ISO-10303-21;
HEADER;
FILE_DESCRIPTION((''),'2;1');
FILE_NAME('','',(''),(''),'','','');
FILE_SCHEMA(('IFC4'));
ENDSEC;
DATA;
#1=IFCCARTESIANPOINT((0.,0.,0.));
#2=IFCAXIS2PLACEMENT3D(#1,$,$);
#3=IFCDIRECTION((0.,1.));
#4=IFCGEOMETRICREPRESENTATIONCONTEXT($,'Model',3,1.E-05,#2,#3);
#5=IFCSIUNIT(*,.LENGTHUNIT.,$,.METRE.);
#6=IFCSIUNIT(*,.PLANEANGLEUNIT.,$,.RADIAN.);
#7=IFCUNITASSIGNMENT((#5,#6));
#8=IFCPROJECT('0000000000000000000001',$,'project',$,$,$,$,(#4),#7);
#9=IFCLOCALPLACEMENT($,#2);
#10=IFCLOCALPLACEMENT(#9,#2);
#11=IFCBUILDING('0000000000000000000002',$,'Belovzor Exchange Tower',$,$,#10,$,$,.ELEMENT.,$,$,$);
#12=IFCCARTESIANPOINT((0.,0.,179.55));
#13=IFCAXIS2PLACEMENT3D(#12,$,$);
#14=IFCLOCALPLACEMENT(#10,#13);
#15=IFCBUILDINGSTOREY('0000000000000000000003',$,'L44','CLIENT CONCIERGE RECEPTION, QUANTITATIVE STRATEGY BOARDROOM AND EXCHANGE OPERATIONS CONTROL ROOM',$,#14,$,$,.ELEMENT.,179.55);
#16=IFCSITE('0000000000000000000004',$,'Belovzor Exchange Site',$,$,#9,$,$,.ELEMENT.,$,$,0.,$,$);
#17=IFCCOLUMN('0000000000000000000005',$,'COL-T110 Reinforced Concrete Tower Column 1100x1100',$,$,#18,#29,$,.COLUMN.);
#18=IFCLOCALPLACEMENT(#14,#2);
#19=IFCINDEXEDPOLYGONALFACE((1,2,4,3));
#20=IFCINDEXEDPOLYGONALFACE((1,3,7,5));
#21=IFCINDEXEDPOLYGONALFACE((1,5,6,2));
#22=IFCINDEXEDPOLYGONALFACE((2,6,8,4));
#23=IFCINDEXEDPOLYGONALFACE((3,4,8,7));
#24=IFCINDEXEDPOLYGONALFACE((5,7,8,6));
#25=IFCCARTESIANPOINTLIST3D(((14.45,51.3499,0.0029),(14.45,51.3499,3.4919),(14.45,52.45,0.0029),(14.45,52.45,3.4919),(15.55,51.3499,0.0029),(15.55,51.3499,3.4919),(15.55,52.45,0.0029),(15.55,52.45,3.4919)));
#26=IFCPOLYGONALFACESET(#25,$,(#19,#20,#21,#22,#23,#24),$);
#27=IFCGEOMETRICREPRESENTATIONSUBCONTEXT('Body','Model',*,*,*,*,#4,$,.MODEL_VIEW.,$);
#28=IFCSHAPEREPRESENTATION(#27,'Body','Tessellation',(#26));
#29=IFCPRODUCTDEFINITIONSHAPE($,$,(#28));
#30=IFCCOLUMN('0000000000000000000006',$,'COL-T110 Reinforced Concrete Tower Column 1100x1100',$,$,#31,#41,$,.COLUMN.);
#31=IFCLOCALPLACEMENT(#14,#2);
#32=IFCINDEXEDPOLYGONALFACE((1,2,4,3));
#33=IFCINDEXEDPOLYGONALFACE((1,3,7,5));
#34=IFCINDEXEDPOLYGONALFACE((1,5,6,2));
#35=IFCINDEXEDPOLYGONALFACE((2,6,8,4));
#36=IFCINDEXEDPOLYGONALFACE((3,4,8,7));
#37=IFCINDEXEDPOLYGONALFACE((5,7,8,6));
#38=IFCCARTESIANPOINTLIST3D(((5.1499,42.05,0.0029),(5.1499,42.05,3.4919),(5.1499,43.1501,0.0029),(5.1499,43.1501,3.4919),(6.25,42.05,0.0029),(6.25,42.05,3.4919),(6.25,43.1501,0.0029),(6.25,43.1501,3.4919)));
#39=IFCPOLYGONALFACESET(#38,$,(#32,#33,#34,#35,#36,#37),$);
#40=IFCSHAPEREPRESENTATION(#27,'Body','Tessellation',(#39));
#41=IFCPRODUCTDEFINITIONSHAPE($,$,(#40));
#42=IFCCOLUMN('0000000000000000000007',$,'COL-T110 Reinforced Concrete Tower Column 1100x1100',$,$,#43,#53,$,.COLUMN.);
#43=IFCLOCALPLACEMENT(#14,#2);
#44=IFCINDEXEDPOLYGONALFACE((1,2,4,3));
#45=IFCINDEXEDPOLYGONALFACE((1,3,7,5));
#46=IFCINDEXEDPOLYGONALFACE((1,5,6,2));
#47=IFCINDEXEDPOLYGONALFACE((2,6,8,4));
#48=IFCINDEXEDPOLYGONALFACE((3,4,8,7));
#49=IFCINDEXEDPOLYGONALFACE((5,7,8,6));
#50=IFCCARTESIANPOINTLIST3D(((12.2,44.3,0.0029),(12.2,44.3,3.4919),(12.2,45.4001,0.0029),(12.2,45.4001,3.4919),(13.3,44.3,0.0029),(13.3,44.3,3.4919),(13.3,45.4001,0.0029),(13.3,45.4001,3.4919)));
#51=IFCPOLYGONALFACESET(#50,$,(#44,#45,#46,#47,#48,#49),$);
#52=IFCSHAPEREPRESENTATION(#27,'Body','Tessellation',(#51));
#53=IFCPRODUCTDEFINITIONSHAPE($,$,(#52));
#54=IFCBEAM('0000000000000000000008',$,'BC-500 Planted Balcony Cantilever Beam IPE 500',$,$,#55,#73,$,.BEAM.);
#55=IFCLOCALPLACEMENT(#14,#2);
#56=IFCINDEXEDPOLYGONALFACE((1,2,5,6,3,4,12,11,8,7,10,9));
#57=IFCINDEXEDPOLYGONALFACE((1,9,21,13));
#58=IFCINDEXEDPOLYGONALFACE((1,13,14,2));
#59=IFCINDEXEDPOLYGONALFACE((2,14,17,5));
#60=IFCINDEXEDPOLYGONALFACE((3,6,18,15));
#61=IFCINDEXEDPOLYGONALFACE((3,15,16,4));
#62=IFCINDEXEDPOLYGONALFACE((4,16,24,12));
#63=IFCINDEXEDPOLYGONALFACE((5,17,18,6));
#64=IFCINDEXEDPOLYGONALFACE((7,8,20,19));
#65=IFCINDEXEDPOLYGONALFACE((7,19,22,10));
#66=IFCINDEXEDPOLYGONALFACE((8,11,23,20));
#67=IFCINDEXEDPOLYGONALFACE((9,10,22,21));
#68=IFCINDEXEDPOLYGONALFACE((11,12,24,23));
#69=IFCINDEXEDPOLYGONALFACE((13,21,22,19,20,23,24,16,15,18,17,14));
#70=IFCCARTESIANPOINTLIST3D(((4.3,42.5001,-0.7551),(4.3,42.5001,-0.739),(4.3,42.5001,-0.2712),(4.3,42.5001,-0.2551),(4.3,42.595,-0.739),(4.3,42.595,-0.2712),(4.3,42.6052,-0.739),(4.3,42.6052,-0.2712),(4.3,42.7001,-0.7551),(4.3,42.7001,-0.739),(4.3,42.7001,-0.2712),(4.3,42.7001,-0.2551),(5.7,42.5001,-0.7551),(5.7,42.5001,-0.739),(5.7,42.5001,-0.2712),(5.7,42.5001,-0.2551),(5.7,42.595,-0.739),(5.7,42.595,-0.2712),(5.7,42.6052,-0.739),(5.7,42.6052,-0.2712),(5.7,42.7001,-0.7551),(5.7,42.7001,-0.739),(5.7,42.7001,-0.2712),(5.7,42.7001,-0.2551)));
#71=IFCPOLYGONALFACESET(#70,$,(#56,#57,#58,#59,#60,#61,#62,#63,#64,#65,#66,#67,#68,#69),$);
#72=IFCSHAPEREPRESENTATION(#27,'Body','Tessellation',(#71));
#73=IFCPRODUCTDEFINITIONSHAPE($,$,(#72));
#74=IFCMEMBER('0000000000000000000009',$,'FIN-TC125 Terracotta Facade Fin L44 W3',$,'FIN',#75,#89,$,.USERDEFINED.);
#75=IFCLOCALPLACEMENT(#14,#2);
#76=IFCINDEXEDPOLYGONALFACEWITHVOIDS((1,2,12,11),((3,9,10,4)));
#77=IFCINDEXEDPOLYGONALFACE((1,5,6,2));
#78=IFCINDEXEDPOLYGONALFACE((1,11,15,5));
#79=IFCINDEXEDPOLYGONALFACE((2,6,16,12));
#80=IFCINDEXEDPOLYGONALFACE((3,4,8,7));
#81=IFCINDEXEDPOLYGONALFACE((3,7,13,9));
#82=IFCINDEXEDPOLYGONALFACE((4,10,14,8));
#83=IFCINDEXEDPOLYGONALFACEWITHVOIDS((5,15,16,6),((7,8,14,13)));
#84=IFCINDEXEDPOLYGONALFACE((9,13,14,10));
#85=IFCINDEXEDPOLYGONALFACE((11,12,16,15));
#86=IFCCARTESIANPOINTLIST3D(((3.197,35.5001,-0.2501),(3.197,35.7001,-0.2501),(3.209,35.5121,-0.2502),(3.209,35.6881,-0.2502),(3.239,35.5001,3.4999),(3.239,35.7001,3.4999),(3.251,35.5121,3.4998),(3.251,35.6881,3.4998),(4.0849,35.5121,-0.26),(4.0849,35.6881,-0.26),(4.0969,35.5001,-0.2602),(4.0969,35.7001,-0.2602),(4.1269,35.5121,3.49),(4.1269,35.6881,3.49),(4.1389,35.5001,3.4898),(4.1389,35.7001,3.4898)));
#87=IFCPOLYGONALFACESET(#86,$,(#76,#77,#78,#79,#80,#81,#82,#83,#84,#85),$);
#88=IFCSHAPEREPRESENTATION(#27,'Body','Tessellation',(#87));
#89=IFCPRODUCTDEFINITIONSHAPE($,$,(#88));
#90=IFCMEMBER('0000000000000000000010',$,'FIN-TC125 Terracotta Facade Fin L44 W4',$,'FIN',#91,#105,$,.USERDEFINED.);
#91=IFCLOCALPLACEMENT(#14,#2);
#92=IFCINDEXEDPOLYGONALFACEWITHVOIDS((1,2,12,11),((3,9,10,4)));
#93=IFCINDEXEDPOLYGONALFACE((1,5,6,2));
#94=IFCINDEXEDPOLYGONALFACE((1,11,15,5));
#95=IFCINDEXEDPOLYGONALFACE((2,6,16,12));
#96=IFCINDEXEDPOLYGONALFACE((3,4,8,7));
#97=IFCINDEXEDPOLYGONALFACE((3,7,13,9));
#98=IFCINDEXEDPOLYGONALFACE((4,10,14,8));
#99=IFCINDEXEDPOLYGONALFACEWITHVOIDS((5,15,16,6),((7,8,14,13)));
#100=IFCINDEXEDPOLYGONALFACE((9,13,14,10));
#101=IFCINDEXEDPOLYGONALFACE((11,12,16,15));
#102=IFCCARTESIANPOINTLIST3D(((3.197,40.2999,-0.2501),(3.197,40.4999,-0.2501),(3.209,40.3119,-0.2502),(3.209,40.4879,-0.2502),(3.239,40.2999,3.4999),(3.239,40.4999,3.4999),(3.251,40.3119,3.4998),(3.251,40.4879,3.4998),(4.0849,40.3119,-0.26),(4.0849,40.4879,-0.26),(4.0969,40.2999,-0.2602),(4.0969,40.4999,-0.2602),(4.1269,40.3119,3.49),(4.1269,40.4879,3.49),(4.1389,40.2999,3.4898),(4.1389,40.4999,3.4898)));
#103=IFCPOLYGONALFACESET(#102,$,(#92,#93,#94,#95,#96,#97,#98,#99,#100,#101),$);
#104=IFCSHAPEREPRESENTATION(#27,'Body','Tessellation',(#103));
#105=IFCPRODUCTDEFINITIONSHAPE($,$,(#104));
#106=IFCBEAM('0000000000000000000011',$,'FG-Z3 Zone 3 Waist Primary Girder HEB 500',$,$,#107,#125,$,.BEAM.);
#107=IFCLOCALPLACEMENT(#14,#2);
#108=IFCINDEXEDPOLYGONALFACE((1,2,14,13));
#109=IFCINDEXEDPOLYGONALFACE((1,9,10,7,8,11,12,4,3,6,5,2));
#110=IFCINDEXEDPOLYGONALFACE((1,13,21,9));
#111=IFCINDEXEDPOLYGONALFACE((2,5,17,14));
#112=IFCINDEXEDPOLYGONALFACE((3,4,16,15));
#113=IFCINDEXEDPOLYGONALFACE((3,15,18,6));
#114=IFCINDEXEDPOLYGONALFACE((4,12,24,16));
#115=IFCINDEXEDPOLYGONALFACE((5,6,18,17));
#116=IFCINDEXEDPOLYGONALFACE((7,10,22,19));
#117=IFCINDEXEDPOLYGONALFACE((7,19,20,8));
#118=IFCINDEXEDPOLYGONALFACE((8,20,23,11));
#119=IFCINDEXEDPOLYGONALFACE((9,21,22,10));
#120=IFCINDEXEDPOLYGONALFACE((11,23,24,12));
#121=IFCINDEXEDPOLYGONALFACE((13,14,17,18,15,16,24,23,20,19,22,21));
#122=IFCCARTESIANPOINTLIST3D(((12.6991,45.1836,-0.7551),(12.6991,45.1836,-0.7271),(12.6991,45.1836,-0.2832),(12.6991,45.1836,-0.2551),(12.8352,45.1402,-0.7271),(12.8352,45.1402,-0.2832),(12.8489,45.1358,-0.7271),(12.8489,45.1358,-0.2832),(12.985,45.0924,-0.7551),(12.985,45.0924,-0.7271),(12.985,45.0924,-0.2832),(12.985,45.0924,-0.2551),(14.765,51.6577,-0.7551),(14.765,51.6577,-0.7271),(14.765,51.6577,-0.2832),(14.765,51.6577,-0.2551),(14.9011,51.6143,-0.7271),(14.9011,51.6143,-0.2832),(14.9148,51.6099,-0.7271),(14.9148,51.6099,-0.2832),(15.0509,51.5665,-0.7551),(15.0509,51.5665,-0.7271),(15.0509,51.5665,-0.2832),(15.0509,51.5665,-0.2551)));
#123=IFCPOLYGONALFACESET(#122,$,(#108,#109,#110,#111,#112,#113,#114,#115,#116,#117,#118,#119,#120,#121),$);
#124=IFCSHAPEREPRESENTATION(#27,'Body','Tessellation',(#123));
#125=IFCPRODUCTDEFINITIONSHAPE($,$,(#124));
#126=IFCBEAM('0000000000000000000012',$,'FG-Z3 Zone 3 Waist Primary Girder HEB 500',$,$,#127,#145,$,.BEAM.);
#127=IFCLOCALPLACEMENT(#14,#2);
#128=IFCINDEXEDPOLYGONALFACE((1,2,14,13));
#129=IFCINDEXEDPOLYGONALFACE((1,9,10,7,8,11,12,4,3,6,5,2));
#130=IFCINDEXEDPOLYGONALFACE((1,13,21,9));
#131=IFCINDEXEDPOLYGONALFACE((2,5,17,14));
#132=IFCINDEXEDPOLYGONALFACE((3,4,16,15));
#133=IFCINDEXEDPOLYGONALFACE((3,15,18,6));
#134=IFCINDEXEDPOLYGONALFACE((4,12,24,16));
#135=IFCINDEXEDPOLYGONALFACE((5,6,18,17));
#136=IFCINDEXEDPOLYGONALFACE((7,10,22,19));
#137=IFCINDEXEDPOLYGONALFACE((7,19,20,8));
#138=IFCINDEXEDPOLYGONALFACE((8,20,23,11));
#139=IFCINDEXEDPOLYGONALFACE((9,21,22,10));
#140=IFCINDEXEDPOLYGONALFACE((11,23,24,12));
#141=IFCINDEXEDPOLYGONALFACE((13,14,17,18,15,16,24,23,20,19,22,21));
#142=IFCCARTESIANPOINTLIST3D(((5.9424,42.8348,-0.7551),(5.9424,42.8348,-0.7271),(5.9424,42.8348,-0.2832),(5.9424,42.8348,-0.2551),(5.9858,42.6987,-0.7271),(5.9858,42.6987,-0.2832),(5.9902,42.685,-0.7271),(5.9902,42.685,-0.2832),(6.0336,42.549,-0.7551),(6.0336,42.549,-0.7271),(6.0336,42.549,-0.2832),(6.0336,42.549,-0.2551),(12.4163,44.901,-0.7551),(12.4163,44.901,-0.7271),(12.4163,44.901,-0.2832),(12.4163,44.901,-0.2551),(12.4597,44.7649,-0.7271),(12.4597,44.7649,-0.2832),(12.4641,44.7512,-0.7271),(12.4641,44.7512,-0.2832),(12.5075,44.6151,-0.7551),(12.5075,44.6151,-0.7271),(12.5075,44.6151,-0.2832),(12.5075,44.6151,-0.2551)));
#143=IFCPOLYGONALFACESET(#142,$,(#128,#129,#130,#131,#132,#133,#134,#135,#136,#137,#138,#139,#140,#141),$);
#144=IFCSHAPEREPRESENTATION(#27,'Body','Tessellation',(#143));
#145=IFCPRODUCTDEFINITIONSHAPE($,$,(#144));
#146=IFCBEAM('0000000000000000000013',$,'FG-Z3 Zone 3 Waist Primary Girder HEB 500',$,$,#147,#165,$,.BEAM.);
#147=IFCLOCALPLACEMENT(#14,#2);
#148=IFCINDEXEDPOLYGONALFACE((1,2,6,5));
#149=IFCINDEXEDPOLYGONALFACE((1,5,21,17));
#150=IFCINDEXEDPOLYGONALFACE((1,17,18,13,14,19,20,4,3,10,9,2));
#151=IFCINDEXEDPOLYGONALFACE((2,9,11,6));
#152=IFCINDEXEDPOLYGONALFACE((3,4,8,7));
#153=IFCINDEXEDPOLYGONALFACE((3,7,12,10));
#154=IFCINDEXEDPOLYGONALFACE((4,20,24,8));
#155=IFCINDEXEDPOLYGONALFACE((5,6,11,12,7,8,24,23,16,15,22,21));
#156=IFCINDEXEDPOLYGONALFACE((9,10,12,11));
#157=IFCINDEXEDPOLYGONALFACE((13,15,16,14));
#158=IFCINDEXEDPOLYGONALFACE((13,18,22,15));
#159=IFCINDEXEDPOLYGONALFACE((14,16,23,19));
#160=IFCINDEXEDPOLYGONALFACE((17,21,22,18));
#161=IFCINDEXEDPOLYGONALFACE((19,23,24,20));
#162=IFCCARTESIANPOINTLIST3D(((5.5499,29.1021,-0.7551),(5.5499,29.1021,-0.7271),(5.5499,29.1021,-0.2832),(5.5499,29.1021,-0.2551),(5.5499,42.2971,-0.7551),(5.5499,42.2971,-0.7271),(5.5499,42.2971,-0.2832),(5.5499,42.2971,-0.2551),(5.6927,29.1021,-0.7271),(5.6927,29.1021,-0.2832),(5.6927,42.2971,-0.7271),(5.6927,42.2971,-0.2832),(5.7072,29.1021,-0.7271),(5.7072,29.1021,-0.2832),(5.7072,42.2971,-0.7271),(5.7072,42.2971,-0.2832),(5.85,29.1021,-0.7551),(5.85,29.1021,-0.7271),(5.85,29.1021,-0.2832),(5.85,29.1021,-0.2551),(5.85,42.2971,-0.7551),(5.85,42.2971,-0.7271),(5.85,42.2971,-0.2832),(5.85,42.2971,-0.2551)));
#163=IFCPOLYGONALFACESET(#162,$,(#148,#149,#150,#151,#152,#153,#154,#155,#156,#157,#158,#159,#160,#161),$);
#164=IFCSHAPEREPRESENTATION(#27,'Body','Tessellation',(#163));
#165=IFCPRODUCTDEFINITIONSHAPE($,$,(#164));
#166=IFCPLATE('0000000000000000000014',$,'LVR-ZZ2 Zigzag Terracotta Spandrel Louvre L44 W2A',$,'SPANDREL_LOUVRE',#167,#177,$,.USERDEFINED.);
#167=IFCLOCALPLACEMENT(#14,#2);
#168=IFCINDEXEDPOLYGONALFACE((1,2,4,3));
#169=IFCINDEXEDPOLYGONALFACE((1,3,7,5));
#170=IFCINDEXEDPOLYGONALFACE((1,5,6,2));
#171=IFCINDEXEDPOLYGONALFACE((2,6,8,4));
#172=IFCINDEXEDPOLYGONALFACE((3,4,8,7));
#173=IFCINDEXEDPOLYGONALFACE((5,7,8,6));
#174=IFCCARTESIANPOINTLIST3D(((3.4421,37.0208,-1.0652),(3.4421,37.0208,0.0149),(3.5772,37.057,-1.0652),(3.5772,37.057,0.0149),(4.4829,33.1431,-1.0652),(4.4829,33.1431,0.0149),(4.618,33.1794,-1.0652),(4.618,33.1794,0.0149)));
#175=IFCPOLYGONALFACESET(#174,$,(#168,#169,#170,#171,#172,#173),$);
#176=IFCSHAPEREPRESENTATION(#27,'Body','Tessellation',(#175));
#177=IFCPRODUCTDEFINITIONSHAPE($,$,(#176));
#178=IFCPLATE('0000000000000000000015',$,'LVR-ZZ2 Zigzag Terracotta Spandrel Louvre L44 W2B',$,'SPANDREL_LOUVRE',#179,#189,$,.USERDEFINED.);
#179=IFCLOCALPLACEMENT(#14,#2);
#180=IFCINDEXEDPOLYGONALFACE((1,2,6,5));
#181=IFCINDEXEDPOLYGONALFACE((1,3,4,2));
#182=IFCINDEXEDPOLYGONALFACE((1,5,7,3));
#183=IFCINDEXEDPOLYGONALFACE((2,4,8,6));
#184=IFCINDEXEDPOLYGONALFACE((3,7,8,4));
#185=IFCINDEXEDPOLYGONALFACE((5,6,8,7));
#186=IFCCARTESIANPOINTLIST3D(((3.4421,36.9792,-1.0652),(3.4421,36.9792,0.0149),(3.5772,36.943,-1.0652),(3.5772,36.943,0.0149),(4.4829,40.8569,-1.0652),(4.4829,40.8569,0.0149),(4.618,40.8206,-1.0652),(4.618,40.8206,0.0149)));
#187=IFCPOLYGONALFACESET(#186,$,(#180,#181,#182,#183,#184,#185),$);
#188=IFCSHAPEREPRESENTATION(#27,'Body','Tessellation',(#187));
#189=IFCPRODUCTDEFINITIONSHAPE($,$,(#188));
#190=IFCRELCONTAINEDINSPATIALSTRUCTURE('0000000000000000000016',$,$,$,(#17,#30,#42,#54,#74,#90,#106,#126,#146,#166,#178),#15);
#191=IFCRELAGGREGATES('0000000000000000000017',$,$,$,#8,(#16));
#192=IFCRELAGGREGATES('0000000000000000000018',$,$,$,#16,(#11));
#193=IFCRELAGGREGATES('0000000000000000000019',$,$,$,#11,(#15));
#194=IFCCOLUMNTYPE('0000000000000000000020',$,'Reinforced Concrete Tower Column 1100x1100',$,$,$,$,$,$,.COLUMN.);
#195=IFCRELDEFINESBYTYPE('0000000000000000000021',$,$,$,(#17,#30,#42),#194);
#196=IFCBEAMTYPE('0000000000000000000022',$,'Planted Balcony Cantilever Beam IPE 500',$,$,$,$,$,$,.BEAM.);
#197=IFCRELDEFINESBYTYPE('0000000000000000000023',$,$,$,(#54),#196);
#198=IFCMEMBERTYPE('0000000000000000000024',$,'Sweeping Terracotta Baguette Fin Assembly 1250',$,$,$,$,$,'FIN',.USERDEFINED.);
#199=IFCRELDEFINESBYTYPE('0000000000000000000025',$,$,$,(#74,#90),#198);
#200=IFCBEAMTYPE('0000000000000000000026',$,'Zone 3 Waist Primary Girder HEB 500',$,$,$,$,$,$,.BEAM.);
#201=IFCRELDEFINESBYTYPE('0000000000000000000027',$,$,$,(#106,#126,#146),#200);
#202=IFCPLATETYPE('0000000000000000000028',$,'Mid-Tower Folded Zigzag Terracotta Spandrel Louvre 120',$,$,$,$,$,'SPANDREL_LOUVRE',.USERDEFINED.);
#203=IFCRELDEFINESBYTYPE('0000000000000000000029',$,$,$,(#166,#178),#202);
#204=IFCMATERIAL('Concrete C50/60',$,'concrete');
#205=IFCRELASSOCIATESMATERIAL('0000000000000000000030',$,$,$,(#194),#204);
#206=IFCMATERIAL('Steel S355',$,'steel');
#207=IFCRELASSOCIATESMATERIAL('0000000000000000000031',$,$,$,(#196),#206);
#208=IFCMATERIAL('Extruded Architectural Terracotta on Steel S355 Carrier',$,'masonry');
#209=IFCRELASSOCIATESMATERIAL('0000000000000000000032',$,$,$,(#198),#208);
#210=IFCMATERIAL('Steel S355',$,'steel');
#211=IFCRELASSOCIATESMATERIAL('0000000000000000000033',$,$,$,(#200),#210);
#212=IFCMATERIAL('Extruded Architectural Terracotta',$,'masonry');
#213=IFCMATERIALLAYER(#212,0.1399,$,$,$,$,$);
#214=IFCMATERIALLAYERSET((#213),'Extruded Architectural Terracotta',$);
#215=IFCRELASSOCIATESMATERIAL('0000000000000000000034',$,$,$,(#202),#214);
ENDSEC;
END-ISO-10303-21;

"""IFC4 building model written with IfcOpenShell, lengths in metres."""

from ifc_helpers import new_model, si_unit, direction, frame, origin, origin_2d, place, context, subcontext, project, spatial, rectangle, hollow_rectangle, i_section, extrude, material, layer, layer_set, material_profile, profile_set, type_object, element, save


model = new_model("IFC4")

# Units and contexts
model_context = context("Model", 3, precision=1e-05, world=origin(), true_north=direction((0.0, 1.0)))
body_context = subcontext(model_context, "Body", "Model", "MODEL_VIEW")
ifc_project = project(units=[si_unit("LENGTHUNIT", "METRE"), si_unit("PLANEANGLEUNIT", "RADIAN")], contexts=[model_context])

# Site, building, storey
site_placement = place(None, origin())
site = spatial("IfcSite", under=ifc_project, at=site_placement, Name="Belovzor Exchange Site", CompositionType="ELEMENT", RefElevation=0.0)
building_placement = place(site_placement, origin())
building = spatial("IfcBuilding", under=site, at=building_placement, Name="Belovzor Exchange Tower", CompositionType="ELEMENT")
storey_placement = place(building_placement, frame((0.0, 0.0, 179.55)))
storey = spatial("IfcBuildingStorey", under=building, at=storey_placement, Name="L44", Description="CLIENT CONCIERGE RECEPTION, QUANTITATIVE STRATEGY BOARDROOM AND EXCHANGE OPERATIONS CONTROL ROOM", CompositionType="ELEMENT", Elevation=179.55)

# Columns
ifc_material_1 = material(Name="Concrete C50/60", Category="concrete")
ifc_material_profile_1 = material_profile(ifc_material_1, rectangle(XDim=1.1001, YDim=1.1001, at=origin_2d()))
ifc_profile_set_1 = profile_set([ifc_material_profile_1], Name="Concrete C50/60")
column_type = type_object("IfcColumnType", Name="Reinforced Concrete Tower Column 1100x1100", PredefinedType="COLUMN", material=ifc_profile_set_1)
for number, where, z_axis, x_axis, name in (
    (1, (15.0, 51.8999, 0.0029), (0.0, 0.0, 1.0), (1.0, 0.0, 0.0), "COL-T110 Reinforced Concrete Tower Column 1100x1100"),
    (2, (5.7, 42.6001, 0.0029), (0.0, 0.0, 1.0), (1.0, 0.0, 0.0), "COL-T110 Reinforced Concrete Tower Column 1100x1100"),
    (3, (12.75, 44.8501, 0.0029), (0.0, 0.0, 1.0), (1.0, 0.0, 0.0), "COL-T110 Reinforced Concrete Tower Column 1100x1100"),
):
    element("IfcColumn", number, at=place(storey_placement, frame(where, z_axis=z_axis, x_axis=x_axis)), inside=storey, type_object=column_type, Name=name, PredefinedType="COLUMN", context=body_context, shape_type="SweptSolid", body=[
        extrude(rectangle(XDim=1.1001, YDim=1.1001, at=origin_2d()), origin(), (0.0, 0.0, 1.0), 3.489),
    ])

# Beam
ifc_material_2 = material(Name="Steel S355", Category="steel")
ifc_material_profile_2 = material_profile(ifc_material_2, i_section(OverallWidth=0.2, OverallDepth=0.5, WebThickness=0.0103, FlangeThickness=0.0161, at=origin_2d()))
ifc_profile_set_2 = profile_set([ifc_material_profile_2], Name="Steel S355")
beam_type_1 = type_object("IfcBeamType", Name="Planted Balcony Cantilever Beam IPE 500", PredefinedType="BEAM", material=ifc_profile_set_2)
beam_1_placement = place(storey_placement, frame((5.7, 42.6001, -0.5051), z_axis=(-1.0, 0.0, 0.0), x_axis=(0.0, -1.0, 0.0)))
element("IfcBeam", 4, at=beam_1_placement, inside=storey, type_object=beam_type_1, Name="BC-500 Planted Balcony Cantilever Beam IPE 500", PredefinedType="BEAM", context=body_context, shape_type="SweptSolid", body=[
    extrude(i_section(OverallWidth=0.2, OverallDepth=0.5, WebThickness=0.0103, FlangeThickness=0.0161, at=origin_2d()), origin(), (0.0, 0.0, 1.0), 1.3999),
])

# Members
ifc_material_3 = material(Name="Extruded Architectural Terracotta on Steel S355 Carrier", Category="masonry")
ifc_material_profile_3 = material_profile(ifc_material_3, hollow_rectangle(XDim=0.2, YDim=0.8999, WallThickness=0.012, at=origin_2d()))
ifc_profile_set_3 = profile_set([ifc_material_profile_3], Name="Extruded Architectural Terracotta on Steel S355 Carrier")
member_type = type_object("IfcMemberType", Name="Sweeping Terracotta Baguette Fin Assembly 1250", ElementType="FIN", PredefinedType="USERDEFINED", material=ifc_profile_set_3)
for number, where, z_axis, x_axis, name in (
    (5, (3.647, 35.6001, -0.2551), (0.011197, 0.0, 0.999937), (0.0, 1.0, 0.0), "FIN-TC125 Terracotta Facade Fin L44 W3"),
    (6, (3.647, 40.3999, -0.2551), (0.011197, 0.0, 0.999937), (0.0, 1.0, 0.0), "FIN-TC125 Terracotta Facade Fin L44 W4"),
):
    element("IfcMember", number, at=place(storey_placement, frame(where, z_axis=z_axis, x_axis=x_axis)), inside=storey, type_object=member_type, Name=name, ObjectType="FIN", PredefinedType="USERDEFINED", context=body_context, shape_type="SweptSolid", body=[
        extrude(hollow_rectangle(XDim=0.2, YDim=0.8999, WallThickness=0.012, at=origin_2d()), origin(), (0.0, 0.0, 1.0), 3.7502),
    ])

# Beams
ifc_material_4 = material(Name="Steel S355", Category="steel")
ifc_material_profile_4 = material_profile(ifc_material_4, i_section(OverallWidth=0.3, OverallDepth=0.5, WebThickness=0.0144, FlangeThickness=0.0281, at=origin_2d()))
ifc_profile_set_4 = profile_set([ifc_material_profile_4], Name="Steel S355")
beam_type_2 = type_object("IfcBeamType", Name="Zone 3 Waist Primary Girder HEB 500", PredefinedType="BEAM", material=ifc_profile_set_4)
for number, where, z_axis, x_axis, name in (
    (7, (14.908, 51.6121, -0.5051), (-0.304001, -0.952672, 0.0), (0.952672, -0.304001, 0.0), "FG-Z3 Zone 3 Waist Primary Girder HEB 500"),
    (8, (12.4619, 44.7581, -0.5051), (-0.952658, -0.304044, 0.0), (0.304044, -0.952658, 0.0), "FG-Z3 Zone 3 Waist Primary Girder HEB 500"),
):
    element("IfcBeam", number, at=place(storey_placement, frame(where, z_axis=z_axis, x_axis=x_axis)), inside=storey, type_object=beam_type_2, Name=name, PredefinedType="BEAM", context=body_context, shape_type="SweptSolid", body=[
        extrude(i_section(OverallWidth=0.3, OverallDepth=0.5, WebThickness=0.0144, FlangeThickness=0.0281, at=origin_2d()), origin(), (0.0, 0.0, 1.0), 6.7957),
    ])
beam_2_placement = place(storey_placement, frame((5.7, 42.2971, -0.5051), z_axis=(0.0, -1.0, 0.0), x_axis=(1.0, 0.0, 0.0)))
element("IfcBeam", 9, at=beam_2_placement, inside=storey, type_object=beam_type_2, Name="FG-Z3 Zone 3 Waist Primary Girder HEB 500", PredefinedType="BEAM", context=body_context, shape_type="SweptSolid", body=[
    extrude(i_section(OverallWidth=0.3, OverallDepth=0.5, WebThickness=0.0144, FlangeThickness=0.0281, at=origin_2d()), origin(), (0.0, 0.0, 1.0), 13.1951),
])

# Plates
ifc_material_5 = material(Name="Extruded Architectural Terracotta", Category="masonry")
ifc_layer_1 = layer(ifc_material_5, 0.1399)
ifc_layer_set_1 = layer_set([ifc_layer_1], Name="Extruded Architectural Terracotta")
plate_type = type_object("IfcPlateType", Name="Mid-Tower Folded Zigzag Terracotta Spandrel Louvre 120", ElementType="SPANDREL_LOUVRE", PredefinedType="USERDEFINED", material=ifc_layer_set_1)
for number, where, z_axis, x_axis, name in (
    (10, (4.03, 35.1001, -1.0652), (0.0, 0.0, 1.0), (-0.25924, 0.965813, 0.0), "LVR-ZZ2 Zigzag Terracotta Spandrel Louvre L44 W2A"),
    (11, (4.03, 38.8999, -1.0652), (0.0, 0.0, 1.0), (0.25924, 0.965813, 0.0), "LVR-ZZ2 Zigzag Terracotta Spandrel Louvre L44 W2B"),
):
    element("IfcPlate", number, at=place(storey_placement, frame(where, z_axis=z_axis, x_axis=x_axis)), inside=storey, type_object=plate_type, Name=name, ObjectType="SPANDREL_LOUVRE", PredefinedType="USERDEFINED", context=body_context, shape_type="SweptSolid", body=[
        extrude(rectangle(XDim=4.0149, YDim=0.1399, at=origin_2d()), origin(), (0.0, 0.0, 1.0), 1.0801),
    ])

save(model, "model.ifc")
